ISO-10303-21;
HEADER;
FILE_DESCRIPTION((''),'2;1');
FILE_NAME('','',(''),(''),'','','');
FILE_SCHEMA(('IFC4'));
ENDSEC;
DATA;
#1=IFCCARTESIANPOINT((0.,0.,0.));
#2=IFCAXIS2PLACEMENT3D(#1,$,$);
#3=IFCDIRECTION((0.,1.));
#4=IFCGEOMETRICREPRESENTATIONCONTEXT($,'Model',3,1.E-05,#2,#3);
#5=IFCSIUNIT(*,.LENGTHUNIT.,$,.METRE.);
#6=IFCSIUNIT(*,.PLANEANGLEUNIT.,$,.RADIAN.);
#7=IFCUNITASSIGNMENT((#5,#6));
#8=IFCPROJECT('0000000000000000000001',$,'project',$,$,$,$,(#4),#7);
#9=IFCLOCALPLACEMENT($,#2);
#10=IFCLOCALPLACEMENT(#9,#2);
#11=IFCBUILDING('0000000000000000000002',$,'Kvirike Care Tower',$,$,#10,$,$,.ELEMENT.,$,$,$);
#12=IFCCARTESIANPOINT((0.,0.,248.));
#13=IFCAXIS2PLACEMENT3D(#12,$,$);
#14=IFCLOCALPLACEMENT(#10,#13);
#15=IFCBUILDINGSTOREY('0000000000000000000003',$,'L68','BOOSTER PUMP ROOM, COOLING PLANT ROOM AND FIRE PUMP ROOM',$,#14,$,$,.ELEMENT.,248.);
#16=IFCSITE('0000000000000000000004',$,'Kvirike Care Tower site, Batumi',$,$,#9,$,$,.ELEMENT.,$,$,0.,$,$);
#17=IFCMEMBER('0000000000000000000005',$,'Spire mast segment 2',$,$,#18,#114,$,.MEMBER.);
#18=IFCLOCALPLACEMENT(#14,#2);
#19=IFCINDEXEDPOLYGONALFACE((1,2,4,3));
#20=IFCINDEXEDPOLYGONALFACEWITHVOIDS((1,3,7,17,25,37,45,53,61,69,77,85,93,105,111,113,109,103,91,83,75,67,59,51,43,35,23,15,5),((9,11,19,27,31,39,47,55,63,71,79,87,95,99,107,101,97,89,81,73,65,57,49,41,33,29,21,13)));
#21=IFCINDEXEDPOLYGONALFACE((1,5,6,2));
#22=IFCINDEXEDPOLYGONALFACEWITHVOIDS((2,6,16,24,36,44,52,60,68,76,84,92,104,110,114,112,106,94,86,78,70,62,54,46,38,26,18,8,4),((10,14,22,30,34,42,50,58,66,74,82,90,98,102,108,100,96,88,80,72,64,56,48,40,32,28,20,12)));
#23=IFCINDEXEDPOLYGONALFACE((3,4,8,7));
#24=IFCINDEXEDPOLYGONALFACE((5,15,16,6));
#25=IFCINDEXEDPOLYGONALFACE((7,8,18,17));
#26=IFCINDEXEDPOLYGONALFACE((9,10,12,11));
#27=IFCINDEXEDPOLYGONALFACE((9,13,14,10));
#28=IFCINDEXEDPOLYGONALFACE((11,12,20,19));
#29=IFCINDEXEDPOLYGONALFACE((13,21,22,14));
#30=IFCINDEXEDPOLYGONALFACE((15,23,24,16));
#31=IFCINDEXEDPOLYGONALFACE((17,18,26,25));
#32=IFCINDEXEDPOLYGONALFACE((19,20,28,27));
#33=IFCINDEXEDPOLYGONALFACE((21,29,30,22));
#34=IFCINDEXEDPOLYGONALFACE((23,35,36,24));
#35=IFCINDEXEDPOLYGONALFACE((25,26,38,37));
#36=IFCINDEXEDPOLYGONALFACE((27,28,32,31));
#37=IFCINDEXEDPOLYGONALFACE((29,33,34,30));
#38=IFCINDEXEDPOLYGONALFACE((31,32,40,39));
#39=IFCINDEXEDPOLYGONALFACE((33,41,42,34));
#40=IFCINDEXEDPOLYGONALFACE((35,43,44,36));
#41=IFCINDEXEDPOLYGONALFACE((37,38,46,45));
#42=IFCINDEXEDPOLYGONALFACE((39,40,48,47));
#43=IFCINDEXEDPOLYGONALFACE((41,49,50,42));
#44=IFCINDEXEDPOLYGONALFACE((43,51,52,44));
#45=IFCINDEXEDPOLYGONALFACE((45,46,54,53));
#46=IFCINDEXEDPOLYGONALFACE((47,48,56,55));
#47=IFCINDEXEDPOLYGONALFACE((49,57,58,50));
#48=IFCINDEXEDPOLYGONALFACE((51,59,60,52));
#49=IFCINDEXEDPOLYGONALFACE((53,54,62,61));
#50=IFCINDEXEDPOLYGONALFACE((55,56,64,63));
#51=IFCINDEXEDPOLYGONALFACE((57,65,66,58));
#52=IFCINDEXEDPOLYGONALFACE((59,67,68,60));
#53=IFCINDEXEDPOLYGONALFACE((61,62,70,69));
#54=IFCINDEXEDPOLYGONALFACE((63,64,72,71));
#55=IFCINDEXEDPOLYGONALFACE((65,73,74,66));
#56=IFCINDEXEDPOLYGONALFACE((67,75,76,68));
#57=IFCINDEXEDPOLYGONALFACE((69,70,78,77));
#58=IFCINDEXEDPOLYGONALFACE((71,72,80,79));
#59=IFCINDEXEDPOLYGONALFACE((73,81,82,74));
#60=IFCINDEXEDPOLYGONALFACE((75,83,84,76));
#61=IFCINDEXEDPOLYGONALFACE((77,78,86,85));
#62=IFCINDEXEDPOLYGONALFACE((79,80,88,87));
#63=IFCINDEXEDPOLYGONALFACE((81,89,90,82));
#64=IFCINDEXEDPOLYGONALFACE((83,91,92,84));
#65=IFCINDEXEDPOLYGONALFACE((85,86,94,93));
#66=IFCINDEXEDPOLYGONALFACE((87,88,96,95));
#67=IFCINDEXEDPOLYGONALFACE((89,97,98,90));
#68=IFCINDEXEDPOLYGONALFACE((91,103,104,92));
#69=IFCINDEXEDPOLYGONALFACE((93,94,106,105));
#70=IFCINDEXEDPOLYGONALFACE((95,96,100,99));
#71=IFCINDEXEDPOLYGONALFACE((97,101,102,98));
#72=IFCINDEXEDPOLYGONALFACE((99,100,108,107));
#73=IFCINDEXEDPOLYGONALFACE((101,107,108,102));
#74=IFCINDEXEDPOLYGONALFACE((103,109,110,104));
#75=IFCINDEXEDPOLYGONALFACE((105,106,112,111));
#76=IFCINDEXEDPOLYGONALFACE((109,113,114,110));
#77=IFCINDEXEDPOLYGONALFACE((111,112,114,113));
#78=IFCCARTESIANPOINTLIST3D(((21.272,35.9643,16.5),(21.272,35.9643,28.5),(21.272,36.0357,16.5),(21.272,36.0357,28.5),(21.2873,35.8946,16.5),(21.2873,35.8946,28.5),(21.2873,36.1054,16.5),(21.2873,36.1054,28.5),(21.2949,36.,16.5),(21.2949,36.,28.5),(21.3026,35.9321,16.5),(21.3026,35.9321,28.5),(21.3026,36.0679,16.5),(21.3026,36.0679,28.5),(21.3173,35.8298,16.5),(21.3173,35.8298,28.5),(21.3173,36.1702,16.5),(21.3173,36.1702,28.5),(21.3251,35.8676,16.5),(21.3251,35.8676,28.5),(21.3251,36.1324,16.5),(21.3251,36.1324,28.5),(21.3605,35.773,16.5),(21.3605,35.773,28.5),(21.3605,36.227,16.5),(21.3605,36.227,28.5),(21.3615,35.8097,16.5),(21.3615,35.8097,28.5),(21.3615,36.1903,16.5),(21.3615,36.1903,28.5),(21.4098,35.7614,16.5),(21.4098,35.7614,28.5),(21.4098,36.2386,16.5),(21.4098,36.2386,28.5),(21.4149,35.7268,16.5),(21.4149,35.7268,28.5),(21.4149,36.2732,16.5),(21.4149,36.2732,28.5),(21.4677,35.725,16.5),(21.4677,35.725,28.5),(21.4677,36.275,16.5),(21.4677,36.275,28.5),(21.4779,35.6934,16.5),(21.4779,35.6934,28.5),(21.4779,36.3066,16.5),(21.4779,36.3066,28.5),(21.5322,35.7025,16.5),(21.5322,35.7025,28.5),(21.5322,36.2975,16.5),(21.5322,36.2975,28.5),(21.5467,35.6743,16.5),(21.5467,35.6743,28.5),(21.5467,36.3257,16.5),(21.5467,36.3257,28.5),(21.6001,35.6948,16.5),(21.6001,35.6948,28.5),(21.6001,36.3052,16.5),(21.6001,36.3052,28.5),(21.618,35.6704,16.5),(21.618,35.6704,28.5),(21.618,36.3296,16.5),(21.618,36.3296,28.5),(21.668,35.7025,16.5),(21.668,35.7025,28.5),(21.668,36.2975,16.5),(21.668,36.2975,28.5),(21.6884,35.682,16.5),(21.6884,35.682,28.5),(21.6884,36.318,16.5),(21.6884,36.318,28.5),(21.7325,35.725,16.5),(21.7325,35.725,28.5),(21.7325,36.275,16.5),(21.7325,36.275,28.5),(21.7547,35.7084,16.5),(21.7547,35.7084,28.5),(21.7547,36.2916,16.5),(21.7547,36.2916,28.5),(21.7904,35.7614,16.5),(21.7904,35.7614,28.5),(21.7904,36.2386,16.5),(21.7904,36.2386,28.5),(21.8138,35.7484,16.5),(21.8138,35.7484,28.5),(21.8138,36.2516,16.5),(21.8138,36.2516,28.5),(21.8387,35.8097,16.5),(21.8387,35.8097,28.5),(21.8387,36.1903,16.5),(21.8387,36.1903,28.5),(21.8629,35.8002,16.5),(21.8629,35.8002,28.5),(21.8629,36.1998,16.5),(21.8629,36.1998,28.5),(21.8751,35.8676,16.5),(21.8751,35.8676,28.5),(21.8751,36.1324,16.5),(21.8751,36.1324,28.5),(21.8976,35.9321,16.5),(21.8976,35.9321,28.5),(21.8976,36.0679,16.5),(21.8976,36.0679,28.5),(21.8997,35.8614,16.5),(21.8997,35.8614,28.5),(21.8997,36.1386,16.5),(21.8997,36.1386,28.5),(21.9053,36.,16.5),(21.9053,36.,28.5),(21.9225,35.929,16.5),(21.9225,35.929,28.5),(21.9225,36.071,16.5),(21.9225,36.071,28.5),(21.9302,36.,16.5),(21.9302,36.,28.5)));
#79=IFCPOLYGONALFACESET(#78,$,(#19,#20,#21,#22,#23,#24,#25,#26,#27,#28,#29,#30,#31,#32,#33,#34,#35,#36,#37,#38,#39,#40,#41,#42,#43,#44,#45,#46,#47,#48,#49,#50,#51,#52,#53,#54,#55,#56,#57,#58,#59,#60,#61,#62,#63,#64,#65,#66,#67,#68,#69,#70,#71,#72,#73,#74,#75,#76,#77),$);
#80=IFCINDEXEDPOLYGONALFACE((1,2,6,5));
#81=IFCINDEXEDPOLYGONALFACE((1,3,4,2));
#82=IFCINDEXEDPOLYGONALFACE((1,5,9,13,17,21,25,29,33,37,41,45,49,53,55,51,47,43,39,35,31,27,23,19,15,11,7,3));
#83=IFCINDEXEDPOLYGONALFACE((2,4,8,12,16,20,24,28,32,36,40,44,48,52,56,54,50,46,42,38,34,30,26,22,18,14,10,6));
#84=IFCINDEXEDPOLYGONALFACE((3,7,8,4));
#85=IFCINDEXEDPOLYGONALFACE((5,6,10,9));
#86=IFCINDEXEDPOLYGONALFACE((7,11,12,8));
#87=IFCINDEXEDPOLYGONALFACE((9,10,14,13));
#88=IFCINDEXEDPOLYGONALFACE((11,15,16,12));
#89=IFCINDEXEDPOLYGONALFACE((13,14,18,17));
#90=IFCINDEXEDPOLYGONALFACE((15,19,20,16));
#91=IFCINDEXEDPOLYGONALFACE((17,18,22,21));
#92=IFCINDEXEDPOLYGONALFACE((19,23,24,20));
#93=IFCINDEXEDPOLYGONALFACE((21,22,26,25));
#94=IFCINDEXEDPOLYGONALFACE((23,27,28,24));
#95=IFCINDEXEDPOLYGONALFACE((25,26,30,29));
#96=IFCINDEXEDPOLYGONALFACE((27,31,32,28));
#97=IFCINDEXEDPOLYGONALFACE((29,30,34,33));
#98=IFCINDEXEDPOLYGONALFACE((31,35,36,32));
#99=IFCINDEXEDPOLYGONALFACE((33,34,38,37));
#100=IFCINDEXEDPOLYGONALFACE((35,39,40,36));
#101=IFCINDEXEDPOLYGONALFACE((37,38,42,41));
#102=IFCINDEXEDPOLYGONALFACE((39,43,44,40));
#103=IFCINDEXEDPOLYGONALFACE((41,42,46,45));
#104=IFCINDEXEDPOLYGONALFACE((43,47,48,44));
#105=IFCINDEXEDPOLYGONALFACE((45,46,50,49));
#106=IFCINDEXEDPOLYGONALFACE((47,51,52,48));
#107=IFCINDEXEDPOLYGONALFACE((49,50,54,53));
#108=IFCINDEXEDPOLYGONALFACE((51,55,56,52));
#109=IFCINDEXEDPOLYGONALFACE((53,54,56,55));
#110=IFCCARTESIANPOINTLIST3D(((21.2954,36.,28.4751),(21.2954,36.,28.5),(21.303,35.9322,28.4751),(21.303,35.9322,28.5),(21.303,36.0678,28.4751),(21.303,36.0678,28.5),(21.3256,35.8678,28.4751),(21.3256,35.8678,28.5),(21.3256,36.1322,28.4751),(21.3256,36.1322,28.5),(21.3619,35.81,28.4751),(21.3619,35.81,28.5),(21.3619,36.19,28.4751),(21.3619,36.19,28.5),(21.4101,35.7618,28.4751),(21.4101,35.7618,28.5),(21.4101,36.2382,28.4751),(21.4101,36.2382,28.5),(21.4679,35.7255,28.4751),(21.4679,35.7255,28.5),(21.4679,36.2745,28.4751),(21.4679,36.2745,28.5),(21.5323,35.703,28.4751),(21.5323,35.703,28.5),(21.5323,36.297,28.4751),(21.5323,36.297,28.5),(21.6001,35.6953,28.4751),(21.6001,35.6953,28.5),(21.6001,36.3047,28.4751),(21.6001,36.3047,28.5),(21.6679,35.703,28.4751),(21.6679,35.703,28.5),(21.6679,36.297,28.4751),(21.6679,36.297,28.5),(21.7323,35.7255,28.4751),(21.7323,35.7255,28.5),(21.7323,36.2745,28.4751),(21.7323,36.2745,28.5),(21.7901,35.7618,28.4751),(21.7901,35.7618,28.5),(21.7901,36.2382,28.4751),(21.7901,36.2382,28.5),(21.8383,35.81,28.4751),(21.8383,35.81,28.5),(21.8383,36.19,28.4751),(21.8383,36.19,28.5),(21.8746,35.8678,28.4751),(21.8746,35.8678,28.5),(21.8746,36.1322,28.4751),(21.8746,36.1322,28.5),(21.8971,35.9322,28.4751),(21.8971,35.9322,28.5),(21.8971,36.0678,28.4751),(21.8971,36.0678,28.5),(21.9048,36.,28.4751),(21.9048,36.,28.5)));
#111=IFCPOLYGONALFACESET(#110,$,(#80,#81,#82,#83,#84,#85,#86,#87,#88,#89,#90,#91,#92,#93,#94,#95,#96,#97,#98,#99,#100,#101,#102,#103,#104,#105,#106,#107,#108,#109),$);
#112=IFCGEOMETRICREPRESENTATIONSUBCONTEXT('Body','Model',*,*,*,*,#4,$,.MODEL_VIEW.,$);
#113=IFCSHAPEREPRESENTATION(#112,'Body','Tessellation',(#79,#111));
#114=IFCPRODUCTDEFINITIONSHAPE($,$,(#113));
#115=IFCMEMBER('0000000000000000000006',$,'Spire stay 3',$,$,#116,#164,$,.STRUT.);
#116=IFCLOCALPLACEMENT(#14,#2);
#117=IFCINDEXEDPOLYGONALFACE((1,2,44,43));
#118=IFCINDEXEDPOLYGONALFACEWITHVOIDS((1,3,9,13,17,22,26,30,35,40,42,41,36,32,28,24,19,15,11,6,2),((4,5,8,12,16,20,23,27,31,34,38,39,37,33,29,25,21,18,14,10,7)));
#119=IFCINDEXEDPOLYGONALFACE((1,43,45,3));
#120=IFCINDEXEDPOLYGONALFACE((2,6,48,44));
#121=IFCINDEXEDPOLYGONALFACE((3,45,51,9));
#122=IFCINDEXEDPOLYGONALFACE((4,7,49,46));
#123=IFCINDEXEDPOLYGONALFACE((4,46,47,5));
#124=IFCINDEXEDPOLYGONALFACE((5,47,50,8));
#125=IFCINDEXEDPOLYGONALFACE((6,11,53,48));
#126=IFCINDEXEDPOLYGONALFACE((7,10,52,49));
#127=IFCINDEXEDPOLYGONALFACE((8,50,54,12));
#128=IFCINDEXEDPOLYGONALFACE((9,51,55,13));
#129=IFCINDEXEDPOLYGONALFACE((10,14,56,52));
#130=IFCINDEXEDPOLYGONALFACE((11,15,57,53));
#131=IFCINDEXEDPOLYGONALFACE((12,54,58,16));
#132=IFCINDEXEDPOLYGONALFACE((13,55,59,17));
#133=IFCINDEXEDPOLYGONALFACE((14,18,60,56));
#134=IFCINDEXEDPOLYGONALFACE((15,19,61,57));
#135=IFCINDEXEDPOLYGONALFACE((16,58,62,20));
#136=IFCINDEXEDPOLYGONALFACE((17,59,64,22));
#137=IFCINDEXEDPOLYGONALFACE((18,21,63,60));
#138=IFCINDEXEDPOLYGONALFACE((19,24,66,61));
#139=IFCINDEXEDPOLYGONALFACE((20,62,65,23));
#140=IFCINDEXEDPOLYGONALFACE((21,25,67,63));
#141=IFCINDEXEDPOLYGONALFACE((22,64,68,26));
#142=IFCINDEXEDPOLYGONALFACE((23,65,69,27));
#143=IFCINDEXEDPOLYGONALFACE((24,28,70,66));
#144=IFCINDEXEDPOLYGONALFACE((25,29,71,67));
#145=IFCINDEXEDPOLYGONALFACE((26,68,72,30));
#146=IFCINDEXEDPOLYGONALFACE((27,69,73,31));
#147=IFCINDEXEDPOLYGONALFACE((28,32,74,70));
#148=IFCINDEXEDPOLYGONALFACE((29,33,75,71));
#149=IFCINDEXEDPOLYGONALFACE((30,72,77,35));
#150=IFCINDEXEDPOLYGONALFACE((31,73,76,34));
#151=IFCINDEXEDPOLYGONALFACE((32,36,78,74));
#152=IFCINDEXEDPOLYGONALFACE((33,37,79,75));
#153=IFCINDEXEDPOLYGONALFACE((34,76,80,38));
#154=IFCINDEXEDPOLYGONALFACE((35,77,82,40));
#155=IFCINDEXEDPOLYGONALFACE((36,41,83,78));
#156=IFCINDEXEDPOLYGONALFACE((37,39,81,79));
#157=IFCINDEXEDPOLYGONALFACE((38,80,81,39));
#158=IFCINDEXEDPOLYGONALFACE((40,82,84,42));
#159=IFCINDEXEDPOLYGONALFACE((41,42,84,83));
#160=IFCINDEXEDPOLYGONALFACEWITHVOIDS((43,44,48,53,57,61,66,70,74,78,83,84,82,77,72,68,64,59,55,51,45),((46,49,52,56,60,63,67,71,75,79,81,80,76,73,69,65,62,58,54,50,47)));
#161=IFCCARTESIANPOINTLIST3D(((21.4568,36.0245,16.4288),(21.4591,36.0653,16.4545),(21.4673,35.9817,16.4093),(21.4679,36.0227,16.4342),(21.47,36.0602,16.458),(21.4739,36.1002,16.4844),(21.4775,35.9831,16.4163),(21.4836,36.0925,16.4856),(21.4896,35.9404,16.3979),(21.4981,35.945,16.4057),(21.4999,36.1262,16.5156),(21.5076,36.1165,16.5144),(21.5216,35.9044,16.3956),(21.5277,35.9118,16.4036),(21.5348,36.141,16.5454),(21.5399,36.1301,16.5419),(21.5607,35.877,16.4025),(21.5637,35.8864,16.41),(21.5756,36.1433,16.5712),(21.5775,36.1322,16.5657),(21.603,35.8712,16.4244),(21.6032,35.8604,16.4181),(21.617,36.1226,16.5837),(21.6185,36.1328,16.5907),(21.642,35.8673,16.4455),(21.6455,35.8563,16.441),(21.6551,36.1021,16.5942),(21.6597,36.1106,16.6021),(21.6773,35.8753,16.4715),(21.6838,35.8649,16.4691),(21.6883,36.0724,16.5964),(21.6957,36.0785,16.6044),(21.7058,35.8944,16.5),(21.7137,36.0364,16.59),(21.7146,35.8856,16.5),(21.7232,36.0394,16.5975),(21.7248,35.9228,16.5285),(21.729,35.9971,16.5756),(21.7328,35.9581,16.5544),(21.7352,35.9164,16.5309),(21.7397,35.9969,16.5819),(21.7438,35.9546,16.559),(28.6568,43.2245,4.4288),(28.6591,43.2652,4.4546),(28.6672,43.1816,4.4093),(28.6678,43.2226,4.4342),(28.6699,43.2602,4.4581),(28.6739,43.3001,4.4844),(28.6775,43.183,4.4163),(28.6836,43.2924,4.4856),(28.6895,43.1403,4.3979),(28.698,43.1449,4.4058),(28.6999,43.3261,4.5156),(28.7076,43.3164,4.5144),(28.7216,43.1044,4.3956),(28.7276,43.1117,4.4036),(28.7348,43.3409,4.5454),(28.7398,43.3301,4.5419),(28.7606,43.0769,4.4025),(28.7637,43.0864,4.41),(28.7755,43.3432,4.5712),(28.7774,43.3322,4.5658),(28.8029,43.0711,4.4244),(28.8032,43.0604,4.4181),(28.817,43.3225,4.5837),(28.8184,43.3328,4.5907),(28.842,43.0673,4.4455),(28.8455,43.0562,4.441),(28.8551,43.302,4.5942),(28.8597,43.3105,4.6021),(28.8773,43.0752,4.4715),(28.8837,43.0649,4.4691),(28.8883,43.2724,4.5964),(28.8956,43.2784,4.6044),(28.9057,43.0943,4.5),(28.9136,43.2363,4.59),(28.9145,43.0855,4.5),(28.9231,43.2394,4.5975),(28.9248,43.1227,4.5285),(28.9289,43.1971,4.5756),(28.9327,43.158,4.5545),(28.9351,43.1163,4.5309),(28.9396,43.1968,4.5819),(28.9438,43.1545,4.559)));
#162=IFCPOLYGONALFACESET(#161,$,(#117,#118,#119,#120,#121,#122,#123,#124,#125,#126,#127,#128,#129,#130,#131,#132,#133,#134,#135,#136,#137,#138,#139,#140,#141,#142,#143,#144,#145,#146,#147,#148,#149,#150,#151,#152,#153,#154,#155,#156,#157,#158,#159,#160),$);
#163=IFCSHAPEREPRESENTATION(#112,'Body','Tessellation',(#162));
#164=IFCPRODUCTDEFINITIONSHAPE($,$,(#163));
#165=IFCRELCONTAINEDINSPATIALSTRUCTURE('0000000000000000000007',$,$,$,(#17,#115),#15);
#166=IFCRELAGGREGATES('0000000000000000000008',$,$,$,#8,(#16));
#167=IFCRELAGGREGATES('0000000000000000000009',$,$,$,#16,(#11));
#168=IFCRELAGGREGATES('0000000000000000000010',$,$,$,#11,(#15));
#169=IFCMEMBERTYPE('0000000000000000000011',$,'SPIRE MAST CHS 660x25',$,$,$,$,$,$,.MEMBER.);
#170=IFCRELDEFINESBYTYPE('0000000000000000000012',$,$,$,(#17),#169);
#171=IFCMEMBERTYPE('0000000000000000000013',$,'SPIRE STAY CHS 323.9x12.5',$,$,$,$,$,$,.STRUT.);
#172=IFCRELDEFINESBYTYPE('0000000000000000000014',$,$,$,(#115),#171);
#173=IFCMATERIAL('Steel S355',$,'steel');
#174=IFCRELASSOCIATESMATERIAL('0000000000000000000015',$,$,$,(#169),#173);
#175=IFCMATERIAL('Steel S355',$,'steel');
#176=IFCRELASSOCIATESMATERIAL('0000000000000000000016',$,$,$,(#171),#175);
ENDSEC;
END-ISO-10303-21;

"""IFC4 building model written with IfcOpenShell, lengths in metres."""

from ifc_helpers import new_model, entity, si_unit, direction, frame, origin, origin_2d, place, context, subcontext, project, spatial, hollow_circle, extrude, material, material_profile, profile_set, type_object, element, save


model = new_model("IFC4")

# Units and contexts
model_context = context("Model", 3, precision=1e-05, world=origin(), true_north=direction((0.0, 1.0)))
body_context = subcontext(model_context, "Body", "Model", "MODEL_VIEW")
ifc_project = project(units=[si_unit("LENGTHUNIT", "METRE"), si_unit("PLANEANGLEUNIT", "RADIAN")], contexts=[model_context])

# Site, building, storey
site_placement = place(None, origin())
site = spatial("IfcSite", under=ifc_project, at=site_placement, Name="Kvirike Care Tower site, Batumi", CompositionType="ELEMENT", RefElevation=0.0)
building_placement = place(site_placement, origin())
building = spatial("IfcBuilding", under=site, at=building_placement, Name="Kvirike Care Tower", CompositionType="ELEMENT")
storey_placement = place(building_placement, frame((0.0, 0.0, 248.0)))
storey = spatial("IfcBuildingStorey", under=building, at=storey_placement, Name="L68", Description="BOOSTER PUMP ROOM, COOLING PLANT ROOM AND FIRE PUMP ROOM", CompositionType="ELEMENT", Elevation=248.0)

# Members
ifc_material_1 = material(Name="Steel S355", Category="steel")
ifc_material_profile_1 = material_profile(ifc_material_1, hollow_circle(Radius=0.3301, WallThickness=0.0249, at=origin_2d()), Name="CHS 660x25")
ifc_profile_set_1 = profile_set([ifc_material_profile_1], Name="Steel S355")
member_type_1 = type_object("IfcMemberType", Name="SPIRE MAST CHS 660x25", PredefinedType="MEMBER", material=ifc_profile_set_1)
member_1_placement = place(storey_placement, frame((21.6001, 36.0, 16.5), z_axis=(0.0, 0.0, 1.0), x_axis=(1.0, 0.0, 0.0)))
cartesian_point_1 = entity("IfcCartesianPoint", [0.0, 0.0])
ifc_direction_1 = entity("IfcDirection", [0.0, 1.0, 0.0])
element("IfcMember", 1, at=member_1_placement, inside=storey, type_object=member_type_1, Name="Spire mast segment 2", PredefinedType="MEMBER", context=body_context, shape_type="SweptSolid", body=[
    extrude(hollow_circle(Radius=0.3301, WallThickness=0.0249, at=origin_2d()), origin(), (0.0, 0.0, 1.0), 12.0),
    entity("IfcRevolvedAreaSolid", entity("IfcArbitraryClosedProfileDef", "AREA", None, entity("IfcPolyline", [cartesian_point_1, entity("IfcCartesianPoint", [0.3047, 0.0]), entity("IfcCartesianPoint", [0.3047, 0.0249]), entity("IfcCartesianPoint", [0.0, 0.0249]), cartesian_point_1])), entity("IfcAxis2Placement3D", entity("IfcCartesianPoint", [0.0, 0.0, 12.0]), ifc_direction_1, entity("IfcDirection", [1.0, 0.0, 0.0])), entity("IfcAxis1Placement", entity("IfcCartesianPoint", [0.0, 0.0, 0.0]), ifc_direction_1), 6.283185),
])
ifc_material_2 = material(Name="Steel S355", Category="steel")
ifc_material_profile_2 = material_profile(ifc_material_2, hollow_circle(Radius=0.1619, WallThickness=0.0125, at=origin_2d()), Name="CHS 323.9x12.5")
ifc_profile_set_2 = profile_set([ifc_material_profile_2], Name="Steel S355")
member_type_2 = type_object("IfcMemberType", Name="SPIRE STAY CHS 323.9x12.5", PredefinedType="STRUT", material=ifc_profile_set_2)
member_2_placement = place(storey_placement, frame((28.8, 43.2, 4.5), z_axis=(-0.457494, -0.457494, 0.762495), x_axis=(0.707107, -0.707107, 0.0)))
element("IfcMember", 2, at=member_2_placement, inside=storey, type_object=member_type_2, Name="Spire stay 3", PredefinedType="STRUT", context=body_context, shape_type="SweptSolid", body=[
    extrude(hollow_circle(Radius=0.1619, WallThickness=0.0125, at=origin_2d()), origin(), (0.0, 0.0, 1.0), 15.7378),
])

save(model, "model.ifc")
